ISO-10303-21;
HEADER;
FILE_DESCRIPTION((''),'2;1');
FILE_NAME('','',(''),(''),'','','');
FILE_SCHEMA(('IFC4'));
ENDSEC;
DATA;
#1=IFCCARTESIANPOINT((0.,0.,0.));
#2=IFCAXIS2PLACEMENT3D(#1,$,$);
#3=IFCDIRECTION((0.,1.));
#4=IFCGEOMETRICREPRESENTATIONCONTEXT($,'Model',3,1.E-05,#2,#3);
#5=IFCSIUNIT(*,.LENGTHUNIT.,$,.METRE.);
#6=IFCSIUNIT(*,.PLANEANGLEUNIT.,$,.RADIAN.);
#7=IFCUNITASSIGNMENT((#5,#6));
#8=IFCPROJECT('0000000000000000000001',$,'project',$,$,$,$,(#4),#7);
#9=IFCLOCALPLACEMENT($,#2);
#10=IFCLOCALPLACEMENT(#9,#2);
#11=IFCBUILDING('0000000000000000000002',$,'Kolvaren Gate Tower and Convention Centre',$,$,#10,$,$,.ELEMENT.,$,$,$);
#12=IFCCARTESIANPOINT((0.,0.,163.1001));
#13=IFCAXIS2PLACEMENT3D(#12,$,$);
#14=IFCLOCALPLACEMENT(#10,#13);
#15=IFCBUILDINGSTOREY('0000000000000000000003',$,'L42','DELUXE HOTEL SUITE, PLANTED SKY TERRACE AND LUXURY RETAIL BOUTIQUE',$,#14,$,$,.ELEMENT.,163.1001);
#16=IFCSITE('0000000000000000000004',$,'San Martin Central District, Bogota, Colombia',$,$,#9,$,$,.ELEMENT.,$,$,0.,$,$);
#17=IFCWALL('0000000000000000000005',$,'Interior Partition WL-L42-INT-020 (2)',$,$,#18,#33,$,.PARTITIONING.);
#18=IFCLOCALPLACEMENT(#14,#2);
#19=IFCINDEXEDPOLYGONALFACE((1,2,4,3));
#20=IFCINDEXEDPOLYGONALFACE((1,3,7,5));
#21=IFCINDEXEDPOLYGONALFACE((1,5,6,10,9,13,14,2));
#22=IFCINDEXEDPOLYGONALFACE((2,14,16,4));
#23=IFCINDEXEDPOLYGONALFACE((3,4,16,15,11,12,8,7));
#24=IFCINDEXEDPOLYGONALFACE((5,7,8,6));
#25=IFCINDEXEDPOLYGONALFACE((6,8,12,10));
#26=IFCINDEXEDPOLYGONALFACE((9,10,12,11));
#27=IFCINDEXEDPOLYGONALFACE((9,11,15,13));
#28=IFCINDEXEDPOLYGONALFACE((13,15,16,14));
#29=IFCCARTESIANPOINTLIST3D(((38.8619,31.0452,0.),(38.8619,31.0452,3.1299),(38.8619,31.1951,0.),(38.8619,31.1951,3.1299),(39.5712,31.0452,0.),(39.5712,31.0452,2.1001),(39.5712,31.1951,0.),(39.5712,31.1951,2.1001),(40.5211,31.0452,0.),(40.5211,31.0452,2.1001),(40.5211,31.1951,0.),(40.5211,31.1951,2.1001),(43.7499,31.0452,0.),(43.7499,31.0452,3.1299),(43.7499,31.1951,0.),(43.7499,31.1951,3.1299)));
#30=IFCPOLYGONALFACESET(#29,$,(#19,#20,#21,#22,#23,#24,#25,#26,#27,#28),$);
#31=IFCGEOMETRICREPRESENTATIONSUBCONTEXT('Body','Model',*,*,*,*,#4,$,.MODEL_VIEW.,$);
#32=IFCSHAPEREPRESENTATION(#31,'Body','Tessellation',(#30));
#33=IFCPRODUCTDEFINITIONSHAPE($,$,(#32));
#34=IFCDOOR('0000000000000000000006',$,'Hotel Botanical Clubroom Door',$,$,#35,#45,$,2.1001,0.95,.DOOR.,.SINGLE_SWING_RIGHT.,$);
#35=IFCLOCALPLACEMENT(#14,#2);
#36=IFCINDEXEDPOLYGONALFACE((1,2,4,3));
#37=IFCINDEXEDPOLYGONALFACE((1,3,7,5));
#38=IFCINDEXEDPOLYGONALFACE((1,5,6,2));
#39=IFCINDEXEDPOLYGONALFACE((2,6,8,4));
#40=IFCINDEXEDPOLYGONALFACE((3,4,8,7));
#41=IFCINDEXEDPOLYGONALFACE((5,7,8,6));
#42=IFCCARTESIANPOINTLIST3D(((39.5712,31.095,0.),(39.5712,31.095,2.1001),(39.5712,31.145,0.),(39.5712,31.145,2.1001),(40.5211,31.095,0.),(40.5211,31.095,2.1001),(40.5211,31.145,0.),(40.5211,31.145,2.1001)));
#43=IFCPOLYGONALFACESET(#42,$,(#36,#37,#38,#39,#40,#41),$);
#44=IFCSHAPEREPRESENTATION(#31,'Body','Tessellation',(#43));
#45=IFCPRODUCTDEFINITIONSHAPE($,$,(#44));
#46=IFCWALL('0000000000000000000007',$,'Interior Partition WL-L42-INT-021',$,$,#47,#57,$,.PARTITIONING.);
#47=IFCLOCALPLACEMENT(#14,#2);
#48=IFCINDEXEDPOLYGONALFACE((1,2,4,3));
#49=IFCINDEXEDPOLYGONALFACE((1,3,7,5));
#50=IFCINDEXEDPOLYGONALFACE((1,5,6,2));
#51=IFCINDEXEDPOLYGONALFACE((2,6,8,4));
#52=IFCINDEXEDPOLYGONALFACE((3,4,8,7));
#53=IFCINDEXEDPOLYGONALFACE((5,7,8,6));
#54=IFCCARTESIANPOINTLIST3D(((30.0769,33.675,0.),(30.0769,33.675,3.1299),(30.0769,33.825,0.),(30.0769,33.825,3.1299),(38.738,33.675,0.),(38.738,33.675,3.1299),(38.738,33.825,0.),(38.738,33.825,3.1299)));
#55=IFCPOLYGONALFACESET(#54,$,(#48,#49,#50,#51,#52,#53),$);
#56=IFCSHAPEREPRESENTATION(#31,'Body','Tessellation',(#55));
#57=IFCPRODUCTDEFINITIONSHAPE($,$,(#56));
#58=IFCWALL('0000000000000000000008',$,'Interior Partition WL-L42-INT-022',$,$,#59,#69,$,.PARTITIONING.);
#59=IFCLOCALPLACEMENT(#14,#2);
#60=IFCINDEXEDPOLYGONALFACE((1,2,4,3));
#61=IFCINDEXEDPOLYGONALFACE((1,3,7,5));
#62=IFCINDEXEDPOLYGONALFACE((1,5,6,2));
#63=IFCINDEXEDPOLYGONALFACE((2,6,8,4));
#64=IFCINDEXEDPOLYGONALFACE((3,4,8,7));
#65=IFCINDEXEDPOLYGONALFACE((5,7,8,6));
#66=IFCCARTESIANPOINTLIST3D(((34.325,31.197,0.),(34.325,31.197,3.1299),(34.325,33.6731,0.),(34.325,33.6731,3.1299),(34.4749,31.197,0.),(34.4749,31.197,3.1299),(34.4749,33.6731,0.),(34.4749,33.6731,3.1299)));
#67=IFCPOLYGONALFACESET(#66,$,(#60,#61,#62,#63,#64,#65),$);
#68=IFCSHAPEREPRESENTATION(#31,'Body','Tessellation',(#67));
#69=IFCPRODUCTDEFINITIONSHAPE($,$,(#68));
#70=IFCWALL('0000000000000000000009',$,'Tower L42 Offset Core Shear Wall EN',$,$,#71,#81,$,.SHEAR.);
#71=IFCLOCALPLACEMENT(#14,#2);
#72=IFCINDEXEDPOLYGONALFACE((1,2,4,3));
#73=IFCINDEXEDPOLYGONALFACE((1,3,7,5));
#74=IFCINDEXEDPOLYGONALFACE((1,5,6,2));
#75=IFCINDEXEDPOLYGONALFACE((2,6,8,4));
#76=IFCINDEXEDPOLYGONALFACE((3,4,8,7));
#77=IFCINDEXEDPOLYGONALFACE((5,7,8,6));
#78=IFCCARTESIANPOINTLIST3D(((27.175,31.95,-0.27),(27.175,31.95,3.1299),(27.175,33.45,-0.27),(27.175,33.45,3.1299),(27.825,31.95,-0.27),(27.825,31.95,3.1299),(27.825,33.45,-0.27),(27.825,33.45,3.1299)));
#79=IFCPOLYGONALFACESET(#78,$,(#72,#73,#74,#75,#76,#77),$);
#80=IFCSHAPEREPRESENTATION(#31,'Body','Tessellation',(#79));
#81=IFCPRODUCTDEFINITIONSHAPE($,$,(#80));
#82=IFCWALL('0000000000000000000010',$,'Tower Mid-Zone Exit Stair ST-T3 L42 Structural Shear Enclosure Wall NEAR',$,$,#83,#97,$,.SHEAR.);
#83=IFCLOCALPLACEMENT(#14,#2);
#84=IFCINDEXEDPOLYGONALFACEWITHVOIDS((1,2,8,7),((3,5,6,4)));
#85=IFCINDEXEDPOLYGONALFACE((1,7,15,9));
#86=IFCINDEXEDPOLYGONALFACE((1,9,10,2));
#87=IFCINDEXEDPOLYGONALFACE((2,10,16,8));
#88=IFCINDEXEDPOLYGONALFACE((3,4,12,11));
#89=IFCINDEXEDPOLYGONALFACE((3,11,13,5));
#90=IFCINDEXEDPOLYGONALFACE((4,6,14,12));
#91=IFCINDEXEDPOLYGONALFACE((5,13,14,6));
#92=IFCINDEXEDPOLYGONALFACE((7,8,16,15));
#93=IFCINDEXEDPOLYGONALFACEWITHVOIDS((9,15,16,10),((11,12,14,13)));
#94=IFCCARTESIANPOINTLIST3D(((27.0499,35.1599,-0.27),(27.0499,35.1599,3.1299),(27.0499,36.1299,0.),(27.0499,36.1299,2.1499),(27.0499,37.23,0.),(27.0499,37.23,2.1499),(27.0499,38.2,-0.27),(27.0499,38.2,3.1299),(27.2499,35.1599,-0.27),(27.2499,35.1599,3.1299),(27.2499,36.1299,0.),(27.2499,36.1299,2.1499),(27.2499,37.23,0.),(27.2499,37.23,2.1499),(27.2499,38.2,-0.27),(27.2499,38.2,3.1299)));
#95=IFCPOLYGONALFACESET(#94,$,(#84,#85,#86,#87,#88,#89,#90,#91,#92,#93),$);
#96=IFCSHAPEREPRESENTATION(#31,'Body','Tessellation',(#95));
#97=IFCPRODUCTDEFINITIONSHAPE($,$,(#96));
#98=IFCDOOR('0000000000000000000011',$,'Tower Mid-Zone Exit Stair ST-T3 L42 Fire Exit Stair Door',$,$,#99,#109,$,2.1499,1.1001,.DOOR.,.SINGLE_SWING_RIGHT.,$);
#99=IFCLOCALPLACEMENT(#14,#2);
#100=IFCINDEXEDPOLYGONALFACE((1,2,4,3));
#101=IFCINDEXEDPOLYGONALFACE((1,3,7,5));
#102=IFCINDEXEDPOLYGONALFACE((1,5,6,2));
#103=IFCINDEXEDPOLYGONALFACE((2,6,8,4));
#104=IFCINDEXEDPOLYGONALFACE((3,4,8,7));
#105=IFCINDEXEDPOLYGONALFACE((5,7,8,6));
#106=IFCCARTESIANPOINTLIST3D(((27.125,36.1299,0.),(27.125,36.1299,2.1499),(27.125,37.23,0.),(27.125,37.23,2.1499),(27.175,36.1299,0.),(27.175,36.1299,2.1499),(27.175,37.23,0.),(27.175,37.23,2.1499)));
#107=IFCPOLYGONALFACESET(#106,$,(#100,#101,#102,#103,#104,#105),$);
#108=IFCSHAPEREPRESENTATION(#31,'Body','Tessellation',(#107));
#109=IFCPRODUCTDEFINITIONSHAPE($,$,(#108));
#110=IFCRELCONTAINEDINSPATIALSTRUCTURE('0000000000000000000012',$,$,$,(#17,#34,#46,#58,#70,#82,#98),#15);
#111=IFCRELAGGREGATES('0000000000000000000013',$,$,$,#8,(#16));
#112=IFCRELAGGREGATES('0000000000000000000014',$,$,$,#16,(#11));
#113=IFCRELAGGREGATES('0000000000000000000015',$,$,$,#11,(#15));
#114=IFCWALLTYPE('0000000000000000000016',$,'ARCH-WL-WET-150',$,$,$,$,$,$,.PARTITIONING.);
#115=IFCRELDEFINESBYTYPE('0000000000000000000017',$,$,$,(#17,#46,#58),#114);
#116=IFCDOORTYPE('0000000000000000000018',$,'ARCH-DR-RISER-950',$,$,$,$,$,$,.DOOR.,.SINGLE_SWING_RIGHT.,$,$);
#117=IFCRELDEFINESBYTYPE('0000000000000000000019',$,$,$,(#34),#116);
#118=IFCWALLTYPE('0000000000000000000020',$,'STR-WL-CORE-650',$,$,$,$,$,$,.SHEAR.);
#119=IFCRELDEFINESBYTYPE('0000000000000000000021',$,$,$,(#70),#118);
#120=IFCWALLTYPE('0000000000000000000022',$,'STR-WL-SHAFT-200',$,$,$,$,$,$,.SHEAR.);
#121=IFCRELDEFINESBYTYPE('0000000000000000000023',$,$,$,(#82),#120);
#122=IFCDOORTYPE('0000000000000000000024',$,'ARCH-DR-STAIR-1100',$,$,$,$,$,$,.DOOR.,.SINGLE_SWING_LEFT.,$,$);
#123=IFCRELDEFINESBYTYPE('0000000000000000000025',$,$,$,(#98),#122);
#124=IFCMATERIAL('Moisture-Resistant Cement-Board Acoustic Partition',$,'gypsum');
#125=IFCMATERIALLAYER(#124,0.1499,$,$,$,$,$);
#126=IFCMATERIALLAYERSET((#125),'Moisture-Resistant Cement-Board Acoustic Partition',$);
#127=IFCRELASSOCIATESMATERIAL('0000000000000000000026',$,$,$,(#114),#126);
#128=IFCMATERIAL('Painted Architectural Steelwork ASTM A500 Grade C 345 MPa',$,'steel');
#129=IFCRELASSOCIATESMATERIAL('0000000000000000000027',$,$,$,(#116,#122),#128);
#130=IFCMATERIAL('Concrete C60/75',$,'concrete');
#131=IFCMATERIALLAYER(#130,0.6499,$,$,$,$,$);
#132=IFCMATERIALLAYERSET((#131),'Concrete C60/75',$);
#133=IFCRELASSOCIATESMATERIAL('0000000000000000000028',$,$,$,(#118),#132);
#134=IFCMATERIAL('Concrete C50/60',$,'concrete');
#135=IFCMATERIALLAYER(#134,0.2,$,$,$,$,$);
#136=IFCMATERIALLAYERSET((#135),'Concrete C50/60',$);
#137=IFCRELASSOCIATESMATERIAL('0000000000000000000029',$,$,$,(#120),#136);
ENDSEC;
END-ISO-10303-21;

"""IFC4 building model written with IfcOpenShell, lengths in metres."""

from ifc_helpers import new_model, si_unit, direction, frame, frame_2d, origin, place, context, subcontext, project, spatial, rectangle, extrude, material, layer, layer_set, type_object, element, fill, save


model = new_model("IFC4")

# Units and contexts
model_context = context("Model", 3, precision=1e-05, world=origin(), true_north=direction((0.0, 1.0)))
body_context = subcontext(model_context, "Body", "Model", "MODEL_VIEW")
ifc_project = project(units=[si_unit("LENGTHUNIT", "METRE"), si_unit("PLANEANGLEUNIT", "RADIAN")], contexts=[model_context])

# Site, building, storey
site_placement = place(None, origin())
site = spatial("IfcSite", under=ifc_project, at=site_placement, Name="San Martin Central District, Bogota, Colombia", CompositionType="ELEMENT", RefElevation=0.0)
building_placement = place(site_placement, origin())
building = spatial("IfcBuilding", under=site, at=building_placement, Name="Kolvaren Gate Tower and Convention Centre", CompositionType="ELEMENT")
storey_placement = place(building_placement, frame((0.0, 0.0, 163.1001)))
storey = spatial("IfcBuildingStorey", under=building, at=storey_placement, Name="L42", Description="DELUXE HOTEL SUITE, PLANTED SKY TERRACE AND LUXURY RETAIL BOUTIQUE", CompositionType="ELEMENT", Elevation=163.1001)

# Shared definitions
ifc_material_1 = material(Name="Moisture-Resistant Cement-Board Acoustic Partition", Category="gypsum")
ifc_layer_1 = layer(ifc_material_1, 0.1499)
ifc_layer_set_1 = layer_set([ifc_layer_1], Name="Moisture-Resistant Cement-Board Acoustic Partition")
wall_type_1 = type_object("IfcWallType", Name="ARCH-WL-WET-150", PredefinedType="PARTITIONING", material=ifc_layer_set_1)

# Shared definitions
ifc_material_2 = material(Name="Painted Architectural Steelwork ASTM A500 Grade C 345 MPa", Category="steel")
door_type_1 = type_object("IfcDoorType", Name="ARCH-DR-RISER-950", OperationType="SINGLE_SWING_RIGHT", PredefinedType="DOOR", material=ifc_material_2)

# Wall, opening, door
wall_1_placement = place(storey_placement, frame((38.8621, 31.1201, 0.0), z_axis=(0.0, 0.0, 1.0), x_axis=(1.0, 0.0, 0.0)))
wall_1 = element("IfcWall", 1, at=wall_1_placement, inside=storey, type_object=wall_type_1, Name="Interior Partition WL-L42-INT-020 (2)", PredefinedType="PARTITIONING", context=body_context, shape_type="SweptSolid", body=[
    extrude(rectangle(XDim=4.8879, YDim=0.1499, at=frame_2d((2.4438, 0.0))), origin(), (0.0, 0.0, 1.0), 3.1299),
])
opening_1_placement = place(wall_1_placement, frame((0.709, 0.0, 0.0)))
opening_1 = element("IfcOpeningElement", 2, at=opening_1_placement, cuts=wall_1, PredefinedType="OPENING", context=body_context, shape_type="SweptSolid", body=[
    extrude(rectangle(XDim=0.95, YDim=2.1001, at=frame_2d((0.4751, 1.05))), frame((0.0, 0.085, 0.0), z_axis=(0.0, -1.0, 0.0), x_axis=(1.0, 0.0, 0.0)), (0.0, 0.0, 1.0), 0.1699),
])
door_1_placement = place(opening_1_placement, origin())
door_1 = element("IfcDoor", 3, at=door_1_placement, inside=storey, type_object=door_type_1, Name="Hotel Botanical Clubroom Door", OperationType="SINGLE_SWING_RIGHT", OverallHeight=2.1001, OverallWidth=0.95, PredefinedType="DOOR", context=body_context, shape_type="SweptSolid", body=[
    extrude(rectangle(XDim=0.95, YDim=2.1001, at=frame_2d((0.4751, 1.05))), frame((0.0, 0.0249, 0.0), z_axis=(0.0, -1.0, 0.0), x_axis=(1.0, 0.0, 0.0)), (0.0, 0.0, 1.0), 0.05),
])
fill(opening_1, door_1)

# Walls
wall_2_placement = place(storey_placement, frame((30.0769, 33.75, 0.0), z_axis=(0.0, 0.0, 1.0), x_axis=(1.0, 0.0, 0.0)))
element("IfcWall", 4, at=wall_2_placement, inside=storey, type_object=wall_type_1, Name="Interior Partition WL-L42-INT-021", PredefinedType="PARTITIONING", context=body_context, shape_type="SweptSolid", body=[
    extrude(rectangle(XDim=8.6611, YDim=0.1499, at=frame_2d((4.3306, 0.0))), origin(), (0.0, 0.0, 1.0), 3.1299),
])
wall_3_placement = place(storey_placement, frame((34.3999, 31.197, 0.0), z_axis=(0.0, 0.0, 1.0), x_axis=(0.0, 1.0, 0.0)))
element("IfcWall", 5, at=wall_3_placement, inside=storey, type_object=wall_type_1, Name="Interior Partition WL-L42-INT-022", PredefinedType="PARTITIONING", context=body_context, shape_type="SweptSolid", body=[
    extrude(rectangle(XDim=2.4761, YDim=0.1499, at=frame_2d((1.238, 0.0))), origin(), (0.0, 0.0, 1.0), 3.1299),
])
ifc_material_3 = material(Name="Concrete C60/75", Category="concrete")
ifc_layer_2 = layer(ifc_material_3, 0.6499)
ifc_layer_set_2 = layer_set([ifc_layer_2], Name="Concrete C60/75")
wall_type_2 = type_object("IfcWallType", Name="STR-WL-CORE-650", PredefinedType="SHEAR", material=ifc_layer_set_2)
wall_4_placement = place(storey_placement, frame((27.5, 31.95, -0.27), z_axis=(0.0, 0.0, 1.0), x_axis=(0.0, 1.0, 0.0)))
element("IfcWall", 6, at=wall_4_placement, inside=storey, type_object=wall_type_2, Name="Tower L42 Offset Core Shear Wall EN", PredefinedType="SHEAR", context=body_context, shape_type="SweptSolid", body=[
    extrude(rectangle(XDim=1.5, YDim=0.6499, at=frame_2d((0.75, 0.0))), origin(), (0.0, 0.0, 1.0), 3.3999),
])

# Wall, opening, door
ifc_material_4 = material(Name="Concrete C50/60", Category="concrete")
ifc_layer_3 = layer(ifc_material_4, 0.2)
ifc_layer_set_3 = layer_set([ifc_layer_3], Name="Concrete C50/60")
wall_type_3 = type_object("IfcWallType", Name="STR-WL-SHAFT-200", PredefinedType="SHEAR", material=ifc_layer_set_3)
wall_5_placement = place(storey_placement, frame((27.1499, 35.1599, -0.27), z_axis=(0.0, 0.0, 1.0), x_axis=(0.0, 1.0, 0.0)))
wall_5 = element("IfcWall", 7, at=wall_5_placement, inside=storey, type_object=wall_type_3, Name="Tower Mid-Zone Exit Stair ST-T3 L42 Structural Shear Enclosure Wall NEAR", PredefinedType="SHEAR", context=body_context, shape_type="SweptSolid", body=[
    extrude(rectangle(XDim=3.04, YDim=0.2, at=frame_2d((1.52, 0.0))), origin(), (0.0, 0.0, 1.0), 3.3999),
])
opening_2_placement = place(wall_5_placement, frame((0.97, 0.0, 0.27)))
opening_2 = element("IfcOpeningElement", 8, at=opening_2_placement, cuts=wall_5, PredefinedType="OPENING", context=body_context, shape_type="SweptSolid", body=[
    extrude(rectangle(XDim=1.1001, YDim=2.1499, at=frame_2d((0.55, 1.075))), frame((0.0, 0.1099, 0.0), z_axis=(0.0, -1.0, 0.0), x_axis=(1.0, 0.0, 0.0)), (0.0, 0.0, 1.0), 0.22),
])
door_type_2 = type_object("IfcDoorType", Name="ARCH-DR-STAIR-1100", OperationType="SINGLE_SWING_LEFT", PredefinedType="DOOR", material=ifc_material_2)
door_2_placement = place(opening_2_placement, origin())
door_2 = element("IfcDoor", 9, at=door_2_placement, inside=storey, type_object=door_type_2, Name="Tower Mid-Zone Exit Stair ST-T3 L42 Fire Exit Stair Door", OperationType="SINGLE_SWING_RIGHT", OverallHeight=2.1499, OverallWidth=1.1001, PredefinedType="DOOR", context=body_context, shape_type="SweptSolid", body=[
    extrude(rectangle(XDim=1.1001, YDim=2.1499, at=frame_2d((0.55, 1.075))), frame((0.0, 0.0249, 0.0), z_axis=(0.0, -1.0, 0.0), x_axis=(1.0, 0.0, 0.0)), (0.0, 0.0, 1.0), 0.05),
])
fill(opening_2, door_2)

save(model, "model.ifc")
